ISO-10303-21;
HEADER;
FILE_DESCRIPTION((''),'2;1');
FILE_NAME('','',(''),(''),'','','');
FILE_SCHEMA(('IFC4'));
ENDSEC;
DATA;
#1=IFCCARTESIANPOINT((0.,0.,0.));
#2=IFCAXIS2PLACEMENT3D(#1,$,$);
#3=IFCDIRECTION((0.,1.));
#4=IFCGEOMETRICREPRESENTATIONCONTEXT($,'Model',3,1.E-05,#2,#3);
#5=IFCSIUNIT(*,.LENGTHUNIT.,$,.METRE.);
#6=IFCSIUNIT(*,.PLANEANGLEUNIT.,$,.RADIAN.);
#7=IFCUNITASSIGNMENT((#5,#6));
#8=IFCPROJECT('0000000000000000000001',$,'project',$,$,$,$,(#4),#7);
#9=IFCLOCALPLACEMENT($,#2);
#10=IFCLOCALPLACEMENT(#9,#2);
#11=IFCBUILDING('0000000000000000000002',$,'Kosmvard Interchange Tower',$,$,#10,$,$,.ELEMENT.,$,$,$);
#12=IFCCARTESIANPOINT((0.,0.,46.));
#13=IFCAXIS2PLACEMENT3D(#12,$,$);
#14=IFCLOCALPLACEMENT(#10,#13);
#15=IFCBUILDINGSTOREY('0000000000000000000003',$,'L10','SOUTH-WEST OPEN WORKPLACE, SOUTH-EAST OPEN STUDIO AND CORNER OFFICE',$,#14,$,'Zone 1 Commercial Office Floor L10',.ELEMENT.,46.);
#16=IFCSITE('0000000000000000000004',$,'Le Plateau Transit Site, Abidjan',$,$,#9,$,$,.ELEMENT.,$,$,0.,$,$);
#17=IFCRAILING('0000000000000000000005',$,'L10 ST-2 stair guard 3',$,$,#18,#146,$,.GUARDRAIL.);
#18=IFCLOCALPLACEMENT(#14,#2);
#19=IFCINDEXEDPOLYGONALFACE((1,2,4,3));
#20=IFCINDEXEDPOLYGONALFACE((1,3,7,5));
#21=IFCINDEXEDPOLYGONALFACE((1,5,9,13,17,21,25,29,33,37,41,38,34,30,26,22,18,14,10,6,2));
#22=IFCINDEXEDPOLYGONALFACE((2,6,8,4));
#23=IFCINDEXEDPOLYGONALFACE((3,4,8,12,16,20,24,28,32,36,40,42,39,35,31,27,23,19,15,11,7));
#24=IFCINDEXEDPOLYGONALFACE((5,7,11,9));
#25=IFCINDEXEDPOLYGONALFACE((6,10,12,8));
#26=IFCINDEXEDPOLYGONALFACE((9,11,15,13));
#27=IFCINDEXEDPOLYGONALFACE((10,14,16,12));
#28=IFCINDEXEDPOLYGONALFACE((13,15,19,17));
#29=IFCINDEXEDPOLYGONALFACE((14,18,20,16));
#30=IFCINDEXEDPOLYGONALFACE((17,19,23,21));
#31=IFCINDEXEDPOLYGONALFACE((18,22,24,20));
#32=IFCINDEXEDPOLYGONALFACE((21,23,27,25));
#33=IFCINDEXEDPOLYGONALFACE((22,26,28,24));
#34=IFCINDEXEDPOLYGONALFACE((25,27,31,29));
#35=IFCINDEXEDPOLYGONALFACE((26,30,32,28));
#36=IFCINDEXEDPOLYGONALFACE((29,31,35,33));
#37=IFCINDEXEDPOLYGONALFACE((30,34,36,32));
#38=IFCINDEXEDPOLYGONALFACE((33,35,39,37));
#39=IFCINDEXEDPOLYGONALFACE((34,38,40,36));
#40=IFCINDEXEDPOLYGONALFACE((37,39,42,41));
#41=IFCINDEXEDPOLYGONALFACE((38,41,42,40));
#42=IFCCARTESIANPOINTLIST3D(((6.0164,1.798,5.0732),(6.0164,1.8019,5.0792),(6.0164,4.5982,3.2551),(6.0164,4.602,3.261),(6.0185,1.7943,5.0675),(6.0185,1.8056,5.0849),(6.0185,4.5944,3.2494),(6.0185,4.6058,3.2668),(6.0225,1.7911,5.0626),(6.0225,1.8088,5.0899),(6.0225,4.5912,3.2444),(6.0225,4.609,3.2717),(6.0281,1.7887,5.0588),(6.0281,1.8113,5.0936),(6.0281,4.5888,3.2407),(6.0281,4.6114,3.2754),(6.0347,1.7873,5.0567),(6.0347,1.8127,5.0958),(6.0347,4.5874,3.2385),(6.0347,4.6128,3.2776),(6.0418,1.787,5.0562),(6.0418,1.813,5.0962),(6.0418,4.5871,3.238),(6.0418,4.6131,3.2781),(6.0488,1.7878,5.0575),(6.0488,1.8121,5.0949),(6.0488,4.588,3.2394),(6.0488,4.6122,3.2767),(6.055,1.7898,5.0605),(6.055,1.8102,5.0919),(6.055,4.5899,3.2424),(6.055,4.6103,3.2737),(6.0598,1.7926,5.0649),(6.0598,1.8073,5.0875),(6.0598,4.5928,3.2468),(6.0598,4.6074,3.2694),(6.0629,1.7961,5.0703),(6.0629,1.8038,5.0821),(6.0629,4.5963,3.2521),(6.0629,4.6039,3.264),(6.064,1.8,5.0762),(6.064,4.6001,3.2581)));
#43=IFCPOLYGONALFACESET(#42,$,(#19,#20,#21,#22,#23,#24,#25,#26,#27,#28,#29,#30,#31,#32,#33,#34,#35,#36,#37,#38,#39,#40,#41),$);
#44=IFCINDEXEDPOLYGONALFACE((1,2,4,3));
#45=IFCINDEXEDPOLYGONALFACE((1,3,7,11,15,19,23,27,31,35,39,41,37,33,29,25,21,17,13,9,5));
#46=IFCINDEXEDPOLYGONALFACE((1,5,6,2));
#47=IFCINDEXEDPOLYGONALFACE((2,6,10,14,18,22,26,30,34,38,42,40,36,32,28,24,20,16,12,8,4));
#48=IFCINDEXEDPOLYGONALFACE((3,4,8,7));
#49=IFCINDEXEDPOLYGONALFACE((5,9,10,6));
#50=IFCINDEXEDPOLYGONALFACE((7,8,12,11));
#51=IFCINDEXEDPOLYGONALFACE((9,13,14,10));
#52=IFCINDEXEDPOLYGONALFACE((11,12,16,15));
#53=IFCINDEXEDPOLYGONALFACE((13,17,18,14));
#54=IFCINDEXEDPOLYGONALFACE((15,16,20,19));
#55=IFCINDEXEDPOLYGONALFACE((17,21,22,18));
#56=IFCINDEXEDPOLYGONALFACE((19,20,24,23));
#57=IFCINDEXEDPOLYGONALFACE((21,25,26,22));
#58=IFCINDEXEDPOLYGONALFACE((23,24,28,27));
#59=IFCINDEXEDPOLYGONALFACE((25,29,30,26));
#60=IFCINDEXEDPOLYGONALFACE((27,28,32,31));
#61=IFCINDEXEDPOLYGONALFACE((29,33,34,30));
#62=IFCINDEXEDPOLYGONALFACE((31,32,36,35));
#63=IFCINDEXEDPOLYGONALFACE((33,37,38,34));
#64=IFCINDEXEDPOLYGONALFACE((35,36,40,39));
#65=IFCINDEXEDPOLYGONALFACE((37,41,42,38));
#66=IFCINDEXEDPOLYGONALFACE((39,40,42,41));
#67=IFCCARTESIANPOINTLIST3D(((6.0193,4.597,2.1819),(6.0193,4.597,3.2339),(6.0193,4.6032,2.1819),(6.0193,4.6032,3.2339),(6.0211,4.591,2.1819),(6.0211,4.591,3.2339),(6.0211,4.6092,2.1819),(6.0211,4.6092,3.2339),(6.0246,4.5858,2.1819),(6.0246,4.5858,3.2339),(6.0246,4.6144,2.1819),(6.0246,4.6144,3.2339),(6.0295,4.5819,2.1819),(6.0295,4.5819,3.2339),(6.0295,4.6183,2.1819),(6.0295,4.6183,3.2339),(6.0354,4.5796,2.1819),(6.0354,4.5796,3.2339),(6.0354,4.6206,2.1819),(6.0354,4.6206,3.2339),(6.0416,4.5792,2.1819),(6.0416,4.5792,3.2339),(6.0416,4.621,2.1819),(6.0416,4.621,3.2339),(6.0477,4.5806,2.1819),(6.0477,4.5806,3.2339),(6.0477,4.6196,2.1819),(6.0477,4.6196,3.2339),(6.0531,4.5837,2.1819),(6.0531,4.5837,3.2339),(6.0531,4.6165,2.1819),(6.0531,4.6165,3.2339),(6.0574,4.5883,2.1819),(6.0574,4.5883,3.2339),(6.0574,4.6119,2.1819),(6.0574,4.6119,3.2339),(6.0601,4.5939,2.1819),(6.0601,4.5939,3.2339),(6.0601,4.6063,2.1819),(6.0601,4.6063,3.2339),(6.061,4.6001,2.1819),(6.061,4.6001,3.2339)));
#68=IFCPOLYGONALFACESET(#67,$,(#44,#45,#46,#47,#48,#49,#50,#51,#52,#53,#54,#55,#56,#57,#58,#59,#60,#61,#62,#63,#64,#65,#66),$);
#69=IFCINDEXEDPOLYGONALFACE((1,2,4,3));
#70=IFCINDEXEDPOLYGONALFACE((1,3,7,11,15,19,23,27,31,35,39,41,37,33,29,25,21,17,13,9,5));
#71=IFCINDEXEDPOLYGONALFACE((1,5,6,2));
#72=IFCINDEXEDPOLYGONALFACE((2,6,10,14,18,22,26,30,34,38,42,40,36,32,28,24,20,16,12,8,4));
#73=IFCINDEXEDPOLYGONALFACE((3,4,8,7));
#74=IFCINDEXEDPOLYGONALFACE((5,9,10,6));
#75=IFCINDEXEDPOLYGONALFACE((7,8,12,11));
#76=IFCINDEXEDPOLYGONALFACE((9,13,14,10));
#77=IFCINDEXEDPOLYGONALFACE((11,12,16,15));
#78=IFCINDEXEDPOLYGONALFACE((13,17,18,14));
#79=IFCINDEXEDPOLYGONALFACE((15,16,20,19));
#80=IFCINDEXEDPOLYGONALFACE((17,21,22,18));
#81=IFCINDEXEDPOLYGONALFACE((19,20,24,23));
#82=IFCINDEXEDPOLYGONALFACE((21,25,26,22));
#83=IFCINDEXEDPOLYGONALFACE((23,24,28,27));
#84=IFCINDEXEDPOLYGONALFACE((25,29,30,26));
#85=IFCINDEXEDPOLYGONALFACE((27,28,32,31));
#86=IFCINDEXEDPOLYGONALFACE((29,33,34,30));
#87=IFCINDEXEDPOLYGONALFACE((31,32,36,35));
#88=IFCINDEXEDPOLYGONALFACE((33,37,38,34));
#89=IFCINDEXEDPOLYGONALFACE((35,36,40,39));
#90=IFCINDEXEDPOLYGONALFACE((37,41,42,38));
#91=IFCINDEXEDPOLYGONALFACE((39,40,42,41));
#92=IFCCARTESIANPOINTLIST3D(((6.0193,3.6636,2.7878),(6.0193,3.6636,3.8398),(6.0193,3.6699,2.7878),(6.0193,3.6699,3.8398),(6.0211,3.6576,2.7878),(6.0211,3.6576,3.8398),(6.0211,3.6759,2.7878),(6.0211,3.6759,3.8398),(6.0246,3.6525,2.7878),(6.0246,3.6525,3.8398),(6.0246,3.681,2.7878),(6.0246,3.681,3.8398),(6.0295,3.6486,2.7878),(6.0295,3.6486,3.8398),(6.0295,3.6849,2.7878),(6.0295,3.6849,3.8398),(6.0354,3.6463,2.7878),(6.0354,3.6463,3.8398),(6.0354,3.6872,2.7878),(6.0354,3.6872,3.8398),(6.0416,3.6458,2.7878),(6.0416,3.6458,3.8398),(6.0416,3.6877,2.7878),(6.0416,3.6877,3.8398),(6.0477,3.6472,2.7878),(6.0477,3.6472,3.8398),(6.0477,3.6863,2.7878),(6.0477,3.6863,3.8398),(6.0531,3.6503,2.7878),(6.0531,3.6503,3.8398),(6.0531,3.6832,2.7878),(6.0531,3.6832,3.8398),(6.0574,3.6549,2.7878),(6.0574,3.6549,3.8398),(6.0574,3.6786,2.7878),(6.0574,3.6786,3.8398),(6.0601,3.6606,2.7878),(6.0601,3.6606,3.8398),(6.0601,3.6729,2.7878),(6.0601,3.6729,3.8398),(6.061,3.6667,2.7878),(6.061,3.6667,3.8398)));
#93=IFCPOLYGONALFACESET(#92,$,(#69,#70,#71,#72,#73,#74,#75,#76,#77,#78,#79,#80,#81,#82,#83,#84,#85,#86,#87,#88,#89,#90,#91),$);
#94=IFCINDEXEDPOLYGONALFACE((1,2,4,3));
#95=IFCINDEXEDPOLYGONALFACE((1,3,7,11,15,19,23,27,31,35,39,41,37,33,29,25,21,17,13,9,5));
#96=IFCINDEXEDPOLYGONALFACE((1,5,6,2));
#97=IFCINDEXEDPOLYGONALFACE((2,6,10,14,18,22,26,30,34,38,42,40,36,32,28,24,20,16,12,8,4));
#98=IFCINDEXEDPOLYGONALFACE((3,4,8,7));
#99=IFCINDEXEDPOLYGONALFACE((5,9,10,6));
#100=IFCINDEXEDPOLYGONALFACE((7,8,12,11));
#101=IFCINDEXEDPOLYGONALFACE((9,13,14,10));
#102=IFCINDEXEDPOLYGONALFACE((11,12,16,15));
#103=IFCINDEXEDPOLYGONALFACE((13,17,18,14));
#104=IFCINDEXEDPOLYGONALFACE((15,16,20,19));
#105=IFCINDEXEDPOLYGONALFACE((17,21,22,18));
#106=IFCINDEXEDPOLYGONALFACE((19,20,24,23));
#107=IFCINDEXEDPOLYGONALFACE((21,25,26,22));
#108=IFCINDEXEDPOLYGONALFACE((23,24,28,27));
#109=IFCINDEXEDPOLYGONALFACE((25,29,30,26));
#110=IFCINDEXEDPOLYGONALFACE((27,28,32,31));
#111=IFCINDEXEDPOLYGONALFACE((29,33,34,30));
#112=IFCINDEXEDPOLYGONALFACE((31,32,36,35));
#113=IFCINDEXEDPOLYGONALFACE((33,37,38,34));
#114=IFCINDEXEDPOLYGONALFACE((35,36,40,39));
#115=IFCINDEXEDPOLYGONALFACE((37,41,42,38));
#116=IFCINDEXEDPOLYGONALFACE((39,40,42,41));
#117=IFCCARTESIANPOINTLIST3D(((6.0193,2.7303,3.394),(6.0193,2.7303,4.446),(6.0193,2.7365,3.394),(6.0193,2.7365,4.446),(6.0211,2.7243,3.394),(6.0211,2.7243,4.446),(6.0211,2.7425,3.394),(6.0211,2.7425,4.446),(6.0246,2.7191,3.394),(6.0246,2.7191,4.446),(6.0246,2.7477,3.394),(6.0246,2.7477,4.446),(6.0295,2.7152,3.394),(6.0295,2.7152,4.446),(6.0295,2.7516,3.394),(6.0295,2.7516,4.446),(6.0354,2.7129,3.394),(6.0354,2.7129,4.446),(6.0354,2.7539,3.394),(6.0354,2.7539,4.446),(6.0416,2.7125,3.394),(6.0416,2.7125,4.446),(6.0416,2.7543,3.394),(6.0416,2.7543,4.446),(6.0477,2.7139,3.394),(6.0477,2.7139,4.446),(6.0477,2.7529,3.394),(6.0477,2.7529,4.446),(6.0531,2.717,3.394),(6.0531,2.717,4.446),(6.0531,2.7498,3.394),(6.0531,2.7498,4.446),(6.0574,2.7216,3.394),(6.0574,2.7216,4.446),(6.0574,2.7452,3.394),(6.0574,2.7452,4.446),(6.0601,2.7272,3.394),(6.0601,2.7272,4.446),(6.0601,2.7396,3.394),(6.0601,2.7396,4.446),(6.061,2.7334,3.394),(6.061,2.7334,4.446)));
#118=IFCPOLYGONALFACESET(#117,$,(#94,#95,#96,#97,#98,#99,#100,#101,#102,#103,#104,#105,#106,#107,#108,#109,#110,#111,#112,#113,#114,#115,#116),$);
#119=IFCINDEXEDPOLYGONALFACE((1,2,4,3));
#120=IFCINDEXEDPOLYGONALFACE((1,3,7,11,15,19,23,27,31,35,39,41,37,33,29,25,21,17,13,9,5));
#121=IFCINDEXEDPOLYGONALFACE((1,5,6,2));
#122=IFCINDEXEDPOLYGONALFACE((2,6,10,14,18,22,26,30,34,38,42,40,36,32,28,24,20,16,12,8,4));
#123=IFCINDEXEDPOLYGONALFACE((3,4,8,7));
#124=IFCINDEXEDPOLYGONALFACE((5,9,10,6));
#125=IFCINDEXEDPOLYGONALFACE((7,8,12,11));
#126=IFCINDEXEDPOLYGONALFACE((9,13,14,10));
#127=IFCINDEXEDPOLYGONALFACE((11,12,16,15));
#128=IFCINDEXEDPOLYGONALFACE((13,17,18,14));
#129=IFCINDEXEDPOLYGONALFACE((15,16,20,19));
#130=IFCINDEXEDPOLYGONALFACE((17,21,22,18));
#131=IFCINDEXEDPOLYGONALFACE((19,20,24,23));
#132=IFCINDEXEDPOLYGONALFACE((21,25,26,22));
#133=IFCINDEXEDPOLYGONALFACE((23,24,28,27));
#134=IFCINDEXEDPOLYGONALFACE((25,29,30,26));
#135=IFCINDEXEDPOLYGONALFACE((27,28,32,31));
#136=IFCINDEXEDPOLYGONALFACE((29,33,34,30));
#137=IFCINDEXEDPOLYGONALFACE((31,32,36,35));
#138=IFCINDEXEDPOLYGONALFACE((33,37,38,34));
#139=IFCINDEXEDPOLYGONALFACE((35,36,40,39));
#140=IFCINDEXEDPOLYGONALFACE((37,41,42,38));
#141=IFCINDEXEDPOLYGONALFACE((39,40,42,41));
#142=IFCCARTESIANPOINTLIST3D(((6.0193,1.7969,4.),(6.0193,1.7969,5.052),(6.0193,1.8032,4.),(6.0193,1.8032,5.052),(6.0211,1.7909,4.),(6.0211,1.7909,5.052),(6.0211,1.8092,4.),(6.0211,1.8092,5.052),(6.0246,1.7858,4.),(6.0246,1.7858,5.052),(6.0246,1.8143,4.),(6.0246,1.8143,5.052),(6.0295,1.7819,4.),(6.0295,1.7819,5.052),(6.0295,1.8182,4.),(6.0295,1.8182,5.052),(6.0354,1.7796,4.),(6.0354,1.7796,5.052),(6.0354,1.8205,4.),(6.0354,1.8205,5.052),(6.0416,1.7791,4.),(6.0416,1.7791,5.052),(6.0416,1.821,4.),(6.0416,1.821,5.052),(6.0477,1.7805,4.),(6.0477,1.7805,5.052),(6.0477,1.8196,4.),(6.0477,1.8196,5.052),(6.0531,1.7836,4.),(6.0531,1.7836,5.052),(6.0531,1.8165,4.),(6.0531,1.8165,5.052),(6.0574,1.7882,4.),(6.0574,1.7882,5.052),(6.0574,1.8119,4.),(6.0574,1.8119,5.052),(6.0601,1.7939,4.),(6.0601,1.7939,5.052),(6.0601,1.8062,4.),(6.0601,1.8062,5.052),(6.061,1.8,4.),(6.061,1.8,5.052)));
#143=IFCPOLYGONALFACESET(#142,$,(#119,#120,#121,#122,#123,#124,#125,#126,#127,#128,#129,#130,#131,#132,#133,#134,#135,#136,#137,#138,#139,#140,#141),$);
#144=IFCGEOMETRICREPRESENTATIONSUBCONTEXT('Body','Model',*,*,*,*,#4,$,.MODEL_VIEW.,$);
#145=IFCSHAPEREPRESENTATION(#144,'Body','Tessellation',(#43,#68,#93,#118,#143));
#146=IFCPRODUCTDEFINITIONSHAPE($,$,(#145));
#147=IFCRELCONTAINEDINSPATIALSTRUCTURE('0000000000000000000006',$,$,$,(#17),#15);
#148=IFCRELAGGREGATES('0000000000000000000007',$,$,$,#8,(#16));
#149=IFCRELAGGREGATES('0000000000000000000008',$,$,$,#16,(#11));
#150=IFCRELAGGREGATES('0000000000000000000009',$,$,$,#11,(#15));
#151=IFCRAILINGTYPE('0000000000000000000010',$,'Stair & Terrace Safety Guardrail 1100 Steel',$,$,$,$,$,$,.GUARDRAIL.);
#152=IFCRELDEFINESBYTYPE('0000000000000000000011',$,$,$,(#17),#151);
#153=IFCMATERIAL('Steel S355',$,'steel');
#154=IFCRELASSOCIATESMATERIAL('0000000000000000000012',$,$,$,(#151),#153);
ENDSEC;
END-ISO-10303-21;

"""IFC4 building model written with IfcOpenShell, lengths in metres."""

from ifc_helpers import new_model, si_unit, direction, frame, origin, origin_2d, place, context, subcontext, project, spatial, circle, extrude, source, transform, mapped, material, type_object, element, save


model = new_model("IFC4")

# Units and contexts
model_context = context("Model", 3, precision=1e-05, world=origin(), true_north=direction((0.0, 1.0)))
body_context = subcontext(model_context, "Body", "Model", "MODEL_VIEW")
ifc_project = project(units=[si_unit("LENGTHUNIT", "METRE"), si_unit("PLANEANGLEUNIT", "RADIAN")], contexts=[model_context])

# Site, building, storey
site_placement = place(None, origin())
site = spatial("IfcSite", under=ifc_project, at=site_placement, Name="Le Plateau Transit Site, Abidjan", CompositionType="ELEMENT", RefElevation=0.0)
building_placement = place(site_placement, origin())
building = spatial("IfcBuilding", under=site, at=building_placement, Name="Kosmvard Interchange Tower", CompositionType="ELEMENT")
storey_placement = place(building_placement, frame((0.0, 0.0, 46.0)))
storey = spatial("IfcBuildingStorey", under=building, at=storey_placement, Name="L10", Description="SOUTH-WEST OPEN WORKPLACE, SOUTH-EAST OPEN STUDIO AND CORNER OFFICE", LongName="Zone 1 Commercial Office Floor L10", CompositionType="ELEMENT", Elevation=46.0)

# Shared definitions
ifc_material_1 = material(Name="Steel S355", Category="steel")

# Railing
railing_type_1 = type_object("IfcRailingType", Name="Stair & Terrace Safety Guardrail 1100 Steel", PredefinedType="GUARDRAIL", material=ifc_material_1)
shared_shape_1 = source(origin(), body_context, "Body", "SweptSolid", [
    extrude(circle(Radius=0.0239, at=origin_2d()), frame((0.0, 0.0, 1.0762), z_axis=(0.0, -0.838706, 0.544585), x_axis=(1.0, 0.0, 0.0)), (0.0, 0.0, 1.0), 3.3386),
    extrude(circle(Radius=0.021, at=origin_2d()), origin(), (0.0, 0.0, 1.0), 1.052),
    extrude(circle(Radius=0.021, at=origin_2d()), frame((0.0, -0.9333, 0.606)), (0.0, 0.0, 1.0), 1.052),
    extrude(circle(Radius=0.021, at=origin_2d()), frame((0.0, -1.8667, 1.2122)), (0.0, 0.0, 1.0), 1.052),
    extrude(circle(Radius=0.021, at=origin_2d()), frame((0.0, -2.8, 1.8181)), (0.0, 0.0, 1.0), 1.052),
])
railing_1_placement = place(storey_placement, frame((6.04, 4.6001, 2.1819)))
element("IfcRailing", 1, at=railing_1_placement, inside=storey, type_object=railing_type_1, Name="L10 ST-2 stair guard 3", PredefinedType="GUARDRAIL", context=body_context, shape_type="MappedRepresentation", body=[
    mapped(shared_shape_1, transform((0.0, 0.0, 0.0), scale=1.0)),
])

save(model, "model.ifc")
